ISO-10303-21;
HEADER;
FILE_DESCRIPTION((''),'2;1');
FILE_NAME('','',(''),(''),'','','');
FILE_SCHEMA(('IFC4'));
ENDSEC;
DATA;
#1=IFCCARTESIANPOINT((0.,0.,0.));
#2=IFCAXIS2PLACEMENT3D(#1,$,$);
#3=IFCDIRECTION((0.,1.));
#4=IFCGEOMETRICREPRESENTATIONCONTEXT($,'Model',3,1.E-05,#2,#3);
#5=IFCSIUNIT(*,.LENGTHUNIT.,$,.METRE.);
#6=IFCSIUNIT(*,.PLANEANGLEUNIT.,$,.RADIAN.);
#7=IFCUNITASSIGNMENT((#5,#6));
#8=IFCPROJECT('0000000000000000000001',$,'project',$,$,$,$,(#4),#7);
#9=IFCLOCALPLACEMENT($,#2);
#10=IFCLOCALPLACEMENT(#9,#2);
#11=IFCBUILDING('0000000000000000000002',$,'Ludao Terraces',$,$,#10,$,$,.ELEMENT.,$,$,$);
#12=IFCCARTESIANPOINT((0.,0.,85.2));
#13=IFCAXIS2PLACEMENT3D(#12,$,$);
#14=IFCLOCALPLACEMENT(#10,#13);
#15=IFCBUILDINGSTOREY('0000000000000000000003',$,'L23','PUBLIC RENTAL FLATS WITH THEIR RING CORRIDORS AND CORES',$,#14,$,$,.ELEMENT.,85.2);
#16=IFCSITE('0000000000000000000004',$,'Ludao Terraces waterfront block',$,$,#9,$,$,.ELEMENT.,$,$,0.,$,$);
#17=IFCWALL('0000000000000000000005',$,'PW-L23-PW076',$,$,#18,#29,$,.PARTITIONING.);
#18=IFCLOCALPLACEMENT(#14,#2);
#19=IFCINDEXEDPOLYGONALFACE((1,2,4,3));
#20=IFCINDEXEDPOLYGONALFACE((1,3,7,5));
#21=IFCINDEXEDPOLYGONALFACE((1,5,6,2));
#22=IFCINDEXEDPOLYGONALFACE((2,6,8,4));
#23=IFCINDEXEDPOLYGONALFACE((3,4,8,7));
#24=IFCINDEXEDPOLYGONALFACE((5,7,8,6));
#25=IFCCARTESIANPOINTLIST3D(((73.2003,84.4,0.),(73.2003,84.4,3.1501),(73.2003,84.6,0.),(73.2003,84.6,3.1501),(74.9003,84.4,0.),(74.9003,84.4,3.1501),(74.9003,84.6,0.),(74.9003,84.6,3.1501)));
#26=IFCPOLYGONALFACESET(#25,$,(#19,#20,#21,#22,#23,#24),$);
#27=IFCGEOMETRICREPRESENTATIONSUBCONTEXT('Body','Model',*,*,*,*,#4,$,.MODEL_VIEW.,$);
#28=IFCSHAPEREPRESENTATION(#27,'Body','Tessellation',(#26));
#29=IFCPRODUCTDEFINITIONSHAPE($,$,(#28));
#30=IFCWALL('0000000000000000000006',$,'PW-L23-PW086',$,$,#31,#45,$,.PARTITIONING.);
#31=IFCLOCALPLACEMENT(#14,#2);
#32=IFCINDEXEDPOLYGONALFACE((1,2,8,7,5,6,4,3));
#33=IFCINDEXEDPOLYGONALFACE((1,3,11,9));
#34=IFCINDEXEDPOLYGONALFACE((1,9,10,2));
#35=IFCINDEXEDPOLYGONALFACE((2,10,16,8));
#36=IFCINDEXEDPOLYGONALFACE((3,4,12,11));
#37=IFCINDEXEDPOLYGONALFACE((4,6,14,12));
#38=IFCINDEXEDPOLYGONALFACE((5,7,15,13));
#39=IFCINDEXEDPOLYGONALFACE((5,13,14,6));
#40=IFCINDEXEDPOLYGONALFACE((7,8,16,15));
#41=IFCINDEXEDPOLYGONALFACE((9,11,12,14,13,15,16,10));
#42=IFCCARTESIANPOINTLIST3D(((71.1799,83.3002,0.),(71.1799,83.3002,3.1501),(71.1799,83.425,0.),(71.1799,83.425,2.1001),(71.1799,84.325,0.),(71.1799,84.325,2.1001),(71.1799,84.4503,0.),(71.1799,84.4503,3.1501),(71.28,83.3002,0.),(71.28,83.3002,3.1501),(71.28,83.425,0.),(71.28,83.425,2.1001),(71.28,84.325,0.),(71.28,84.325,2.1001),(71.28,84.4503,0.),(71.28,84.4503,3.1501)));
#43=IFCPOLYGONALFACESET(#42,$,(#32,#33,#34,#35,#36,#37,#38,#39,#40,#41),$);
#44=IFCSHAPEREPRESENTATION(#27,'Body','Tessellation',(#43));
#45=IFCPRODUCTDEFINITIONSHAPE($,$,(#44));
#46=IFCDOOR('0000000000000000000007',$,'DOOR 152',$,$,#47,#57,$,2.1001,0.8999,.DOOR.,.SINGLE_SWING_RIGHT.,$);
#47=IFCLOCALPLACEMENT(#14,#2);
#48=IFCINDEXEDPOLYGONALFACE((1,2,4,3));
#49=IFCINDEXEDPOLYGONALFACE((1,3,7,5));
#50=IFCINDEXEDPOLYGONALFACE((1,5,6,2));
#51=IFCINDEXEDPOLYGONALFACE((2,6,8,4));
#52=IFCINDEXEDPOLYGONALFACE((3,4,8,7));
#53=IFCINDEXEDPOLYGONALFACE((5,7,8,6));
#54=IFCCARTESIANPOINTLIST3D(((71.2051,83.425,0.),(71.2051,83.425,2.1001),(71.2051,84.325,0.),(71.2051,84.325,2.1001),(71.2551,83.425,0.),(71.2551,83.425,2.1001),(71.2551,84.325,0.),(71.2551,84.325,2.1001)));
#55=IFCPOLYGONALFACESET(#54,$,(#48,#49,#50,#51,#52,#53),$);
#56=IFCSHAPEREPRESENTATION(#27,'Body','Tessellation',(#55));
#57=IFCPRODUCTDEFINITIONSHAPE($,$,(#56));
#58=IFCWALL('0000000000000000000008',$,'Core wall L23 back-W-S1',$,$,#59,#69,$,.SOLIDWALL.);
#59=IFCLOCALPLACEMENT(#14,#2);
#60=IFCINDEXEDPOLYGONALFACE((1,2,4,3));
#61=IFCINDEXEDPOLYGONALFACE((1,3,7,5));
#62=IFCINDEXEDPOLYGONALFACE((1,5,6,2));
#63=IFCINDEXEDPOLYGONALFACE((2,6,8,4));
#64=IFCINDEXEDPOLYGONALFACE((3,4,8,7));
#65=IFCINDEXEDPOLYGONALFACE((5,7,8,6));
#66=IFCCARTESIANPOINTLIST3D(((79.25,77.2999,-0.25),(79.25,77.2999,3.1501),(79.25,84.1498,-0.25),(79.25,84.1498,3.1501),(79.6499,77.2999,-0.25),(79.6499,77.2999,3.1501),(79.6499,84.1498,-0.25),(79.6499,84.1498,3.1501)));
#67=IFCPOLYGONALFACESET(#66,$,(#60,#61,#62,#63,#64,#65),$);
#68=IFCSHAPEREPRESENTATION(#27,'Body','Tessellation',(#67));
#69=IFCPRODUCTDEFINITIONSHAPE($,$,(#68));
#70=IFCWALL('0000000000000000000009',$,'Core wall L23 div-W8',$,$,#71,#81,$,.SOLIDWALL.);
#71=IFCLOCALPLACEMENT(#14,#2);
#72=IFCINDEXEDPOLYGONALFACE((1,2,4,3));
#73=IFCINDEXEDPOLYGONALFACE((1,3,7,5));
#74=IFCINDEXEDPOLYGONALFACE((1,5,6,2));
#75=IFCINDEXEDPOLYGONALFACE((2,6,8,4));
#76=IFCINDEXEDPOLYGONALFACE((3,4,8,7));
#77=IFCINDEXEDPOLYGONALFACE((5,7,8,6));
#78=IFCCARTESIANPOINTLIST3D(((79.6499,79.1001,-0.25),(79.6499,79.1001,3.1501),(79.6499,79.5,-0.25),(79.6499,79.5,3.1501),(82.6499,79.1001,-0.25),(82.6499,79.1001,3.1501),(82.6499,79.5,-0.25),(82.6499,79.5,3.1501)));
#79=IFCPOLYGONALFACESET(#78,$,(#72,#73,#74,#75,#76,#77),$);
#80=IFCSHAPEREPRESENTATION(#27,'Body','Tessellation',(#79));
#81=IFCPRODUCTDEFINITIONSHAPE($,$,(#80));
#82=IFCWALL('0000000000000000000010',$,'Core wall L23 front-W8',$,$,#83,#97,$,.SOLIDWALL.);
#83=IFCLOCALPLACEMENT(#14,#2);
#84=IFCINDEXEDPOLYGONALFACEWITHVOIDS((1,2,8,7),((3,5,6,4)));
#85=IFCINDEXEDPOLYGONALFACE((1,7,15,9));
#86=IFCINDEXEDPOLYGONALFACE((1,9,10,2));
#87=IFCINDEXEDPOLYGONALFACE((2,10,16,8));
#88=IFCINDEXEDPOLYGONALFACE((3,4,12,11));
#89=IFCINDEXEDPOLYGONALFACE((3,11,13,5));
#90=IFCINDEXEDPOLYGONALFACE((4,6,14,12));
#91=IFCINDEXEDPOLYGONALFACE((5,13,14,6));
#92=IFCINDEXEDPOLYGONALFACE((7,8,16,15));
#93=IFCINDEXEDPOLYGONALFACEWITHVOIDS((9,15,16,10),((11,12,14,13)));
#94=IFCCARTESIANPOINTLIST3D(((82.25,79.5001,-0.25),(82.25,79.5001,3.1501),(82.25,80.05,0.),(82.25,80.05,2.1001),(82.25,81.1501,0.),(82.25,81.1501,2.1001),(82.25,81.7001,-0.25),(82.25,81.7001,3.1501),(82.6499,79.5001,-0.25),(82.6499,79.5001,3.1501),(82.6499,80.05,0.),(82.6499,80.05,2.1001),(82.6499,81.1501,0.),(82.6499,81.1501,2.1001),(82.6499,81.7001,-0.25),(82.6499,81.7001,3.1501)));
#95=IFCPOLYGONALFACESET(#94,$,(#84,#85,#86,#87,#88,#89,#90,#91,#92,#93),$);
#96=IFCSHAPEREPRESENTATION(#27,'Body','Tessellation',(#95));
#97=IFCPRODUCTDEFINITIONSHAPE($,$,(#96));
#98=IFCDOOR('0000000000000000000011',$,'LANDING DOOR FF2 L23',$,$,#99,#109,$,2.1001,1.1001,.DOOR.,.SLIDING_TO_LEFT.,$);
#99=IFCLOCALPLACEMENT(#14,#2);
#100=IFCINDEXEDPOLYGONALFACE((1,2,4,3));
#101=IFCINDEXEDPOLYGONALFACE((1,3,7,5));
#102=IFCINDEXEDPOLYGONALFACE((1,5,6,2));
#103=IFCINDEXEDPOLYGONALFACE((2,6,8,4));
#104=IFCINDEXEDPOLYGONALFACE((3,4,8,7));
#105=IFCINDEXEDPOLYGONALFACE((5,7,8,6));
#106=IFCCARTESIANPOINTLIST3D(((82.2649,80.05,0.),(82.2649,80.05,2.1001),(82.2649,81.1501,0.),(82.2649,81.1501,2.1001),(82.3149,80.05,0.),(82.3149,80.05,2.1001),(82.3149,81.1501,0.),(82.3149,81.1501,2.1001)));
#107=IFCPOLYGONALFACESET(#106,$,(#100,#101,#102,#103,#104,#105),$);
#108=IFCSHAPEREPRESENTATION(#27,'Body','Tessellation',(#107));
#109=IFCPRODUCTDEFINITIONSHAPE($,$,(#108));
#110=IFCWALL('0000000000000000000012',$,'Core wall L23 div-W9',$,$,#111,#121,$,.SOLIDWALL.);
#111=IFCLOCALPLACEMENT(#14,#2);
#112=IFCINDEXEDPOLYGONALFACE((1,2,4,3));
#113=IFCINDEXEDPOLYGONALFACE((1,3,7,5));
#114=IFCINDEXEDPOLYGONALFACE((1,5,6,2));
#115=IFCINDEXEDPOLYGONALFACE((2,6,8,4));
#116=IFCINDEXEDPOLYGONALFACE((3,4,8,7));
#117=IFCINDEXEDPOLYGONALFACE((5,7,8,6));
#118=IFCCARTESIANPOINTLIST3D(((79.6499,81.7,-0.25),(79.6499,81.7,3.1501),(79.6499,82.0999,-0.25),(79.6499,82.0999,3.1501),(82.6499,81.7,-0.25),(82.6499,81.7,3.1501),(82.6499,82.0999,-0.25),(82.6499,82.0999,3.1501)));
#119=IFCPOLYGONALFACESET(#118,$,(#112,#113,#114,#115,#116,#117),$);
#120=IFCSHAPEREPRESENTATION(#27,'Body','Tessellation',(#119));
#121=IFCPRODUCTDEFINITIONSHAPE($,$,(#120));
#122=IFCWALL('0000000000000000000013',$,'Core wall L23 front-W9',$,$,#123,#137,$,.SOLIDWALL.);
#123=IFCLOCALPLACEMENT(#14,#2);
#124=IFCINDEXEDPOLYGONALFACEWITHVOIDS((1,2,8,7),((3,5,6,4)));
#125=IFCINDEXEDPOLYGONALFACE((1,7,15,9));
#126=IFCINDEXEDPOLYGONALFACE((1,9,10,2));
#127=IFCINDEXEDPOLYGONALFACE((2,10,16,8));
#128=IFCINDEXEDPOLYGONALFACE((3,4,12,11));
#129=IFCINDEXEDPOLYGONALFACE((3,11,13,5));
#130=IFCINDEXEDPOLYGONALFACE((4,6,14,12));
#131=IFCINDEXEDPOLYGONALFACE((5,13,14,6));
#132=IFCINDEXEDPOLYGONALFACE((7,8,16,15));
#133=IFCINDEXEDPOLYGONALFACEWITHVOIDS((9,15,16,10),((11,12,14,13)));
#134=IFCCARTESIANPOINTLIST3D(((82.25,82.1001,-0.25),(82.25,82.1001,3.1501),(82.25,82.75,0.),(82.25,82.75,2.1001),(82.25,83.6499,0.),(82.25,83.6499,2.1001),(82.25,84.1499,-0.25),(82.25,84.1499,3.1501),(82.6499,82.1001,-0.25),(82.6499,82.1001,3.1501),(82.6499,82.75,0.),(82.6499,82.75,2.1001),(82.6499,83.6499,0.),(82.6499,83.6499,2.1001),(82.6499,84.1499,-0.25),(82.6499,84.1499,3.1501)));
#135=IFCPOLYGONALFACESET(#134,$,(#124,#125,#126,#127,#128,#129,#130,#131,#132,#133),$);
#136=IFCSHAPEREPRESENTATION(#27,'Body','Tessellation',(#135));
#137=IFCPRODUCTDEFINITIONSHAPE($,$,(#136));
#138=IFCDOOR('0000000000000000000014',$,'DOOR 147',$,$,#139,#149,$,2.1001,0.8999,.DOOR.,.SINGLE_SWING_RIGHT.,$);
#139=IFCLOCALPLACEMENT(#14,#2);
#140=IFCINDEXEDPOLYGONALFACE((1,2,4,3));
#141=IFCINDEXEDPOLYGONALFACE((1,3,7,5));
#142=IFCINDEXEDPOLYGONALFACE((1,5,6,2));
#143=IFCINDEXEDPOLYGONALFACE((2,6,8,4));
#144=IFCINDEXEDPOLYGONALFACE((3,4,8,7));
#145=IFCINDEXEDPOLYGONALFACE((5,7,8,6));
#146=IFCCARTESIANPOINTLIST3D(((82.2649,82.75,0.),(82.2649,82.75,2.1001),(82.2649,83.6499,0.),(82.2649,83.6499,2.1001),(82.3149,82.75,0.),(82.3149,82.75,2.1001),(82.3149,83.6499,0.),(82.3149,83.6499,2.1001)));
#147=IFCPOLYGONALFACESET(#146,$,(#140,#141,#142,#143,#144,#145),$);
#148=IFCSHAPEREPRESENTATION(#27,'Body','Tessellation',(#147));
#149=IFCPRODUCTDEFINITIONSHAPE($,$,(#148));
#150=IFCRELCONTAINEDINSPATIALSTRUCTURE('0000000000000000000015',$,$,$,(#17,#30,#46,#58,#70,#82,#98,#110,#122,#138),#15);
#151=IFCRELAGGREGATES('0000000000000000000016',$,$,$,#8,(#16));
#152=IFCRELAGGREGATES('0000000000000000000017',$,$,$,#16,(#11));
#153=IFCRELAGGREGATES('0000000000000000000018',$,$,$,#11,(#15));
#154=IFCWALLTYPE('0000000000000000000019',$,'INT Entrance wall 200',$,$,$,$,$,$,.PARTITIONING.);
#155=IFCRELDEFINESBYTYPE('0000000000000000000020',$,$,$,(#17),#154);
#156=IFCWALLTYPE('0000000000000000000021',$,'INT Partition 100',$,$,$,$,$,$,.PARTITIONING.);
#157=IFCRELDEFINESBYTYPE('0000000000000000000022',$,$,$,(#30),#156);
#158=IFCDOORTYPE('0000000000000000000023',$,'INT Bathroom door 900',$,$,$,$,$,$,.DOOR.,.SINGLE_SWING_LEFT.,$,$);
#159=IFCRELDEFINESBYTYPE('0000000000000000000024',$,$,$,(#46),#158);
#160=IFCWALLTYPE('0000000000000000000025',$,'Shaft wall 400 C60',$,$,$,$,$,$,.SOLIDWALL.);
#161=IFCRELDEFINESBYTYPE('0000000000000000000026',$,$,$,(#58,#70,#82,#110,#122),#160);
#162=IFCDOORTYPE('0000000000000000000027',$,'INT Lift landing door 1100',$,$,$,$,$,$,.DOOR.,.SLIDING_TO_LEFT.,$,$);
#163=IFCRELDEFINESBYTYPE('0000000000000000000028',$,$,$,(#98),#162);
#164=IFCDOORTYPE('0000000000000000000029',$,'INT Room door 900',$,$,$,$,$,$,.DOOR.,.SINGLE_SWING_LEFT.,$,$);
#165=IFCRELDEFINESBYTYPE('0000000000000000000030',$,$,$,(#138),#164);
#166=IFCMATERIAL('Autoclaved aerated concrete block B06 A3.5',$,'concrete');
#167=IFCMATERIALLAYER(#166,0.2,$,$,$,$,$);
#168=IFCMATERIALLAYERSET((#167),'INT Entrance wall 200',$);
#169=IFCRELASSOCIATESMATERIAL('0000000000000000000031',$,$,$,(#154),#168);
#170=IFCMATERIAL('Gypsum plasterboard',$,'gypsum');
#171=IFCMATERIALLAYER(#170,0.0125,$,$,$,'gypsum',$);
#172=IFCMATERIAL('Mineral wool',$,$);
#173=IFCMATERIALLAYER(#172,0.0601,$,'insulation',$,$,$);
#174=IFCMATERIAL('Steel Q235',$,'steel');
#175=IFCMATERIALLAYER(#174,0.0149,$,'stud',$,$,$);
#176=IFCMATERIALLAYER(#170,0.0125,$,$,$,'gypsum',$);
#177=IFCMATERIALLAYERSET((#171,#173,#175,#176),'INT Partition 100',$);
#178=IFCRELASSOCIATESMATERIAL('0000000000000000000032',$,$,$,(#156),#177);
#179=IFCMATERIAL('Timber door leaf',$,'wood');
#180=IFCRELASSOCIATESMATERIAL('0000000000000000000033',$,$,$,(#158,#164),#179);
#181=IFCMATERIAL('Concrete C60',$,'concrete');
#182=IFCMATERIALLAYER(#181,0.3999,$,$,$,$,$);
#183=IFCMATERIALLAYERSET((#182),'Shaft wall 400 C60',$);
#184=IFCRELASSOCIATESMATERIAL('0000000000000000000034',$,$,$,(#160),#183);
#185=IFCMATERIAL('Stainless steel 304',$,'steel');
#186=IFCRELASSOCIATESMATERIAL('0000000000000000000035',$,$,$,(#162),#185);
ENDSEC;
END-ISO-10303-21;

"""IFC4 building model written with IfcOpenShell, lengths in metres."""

from ifc_helpers import new_model, si_unit, direction, frame, frame_2d, origin, place, context, subcontext, project, spatial, rectangle, extrude, material, layer, layer_set, type_object, element, fill, save


model = new_model("IFC4")

# Units and contexts
model_context = context("Model", 3, precision=1e-05, world=origin(), true_north=direction((0.0, 1.0)))
body_context = subcontext(model_context, "Body", "Model", "MODEL_VIEW")
ifc_project = project(units=[si_unit("LENGTHUNIT", "METRE"), si_unit("PLANEANGLEUNIT", "RADIAN")], contexts=[model_context])

# Site, building, storey
site_placement = place(None, origin())
site = spatial("IfcSite", under=ifc_project, at=site_placement, Name="Ludao Terraces waterfront block", CompositionType="ELEMENT", RefElevation=0.0)
building_placement = place(site_placement, origin())
building = spatial("IfcBuilding", under=site, at=building_placement, Name="Ludao Terraces", CompositionType="ELEMENT")
storey_placement = place(building_placement, frame((0.0, 0.0, 85.2)))
storey = spatial("IfcBuildingStorey", under=building, at=storey_placement, Name="L23", Description="PUBLIC RENTAL FLATS WITH THEIR RING CORRIDORS AND CORES", CompositionType="ELEMENT", Elevation=85.2)

# Wall
ifc_material_1 = material(Name="Autoclaved aerated concrete block B06 A3.5", Category="concrete")
ifc_layer_1 = layer(ifc_material_1, 0.2)
ifc_layer_set_1 = layer_set([ifc_layer_1], Name="INT Entrance wall 200")
wall_type_1 = type_object("IfcWallType", Name="INT Entrance wall 200", PredefinedType="PARTITIONING", material=ifc_layer_set_1)
wall_1_placement = place(storey_placement, frame((73.2002, 84.5, 0.0), z_axis=(0.0, 0.0, 1.0), x_axis=(1.0, 0.0, 0.0)))
element("IfcWall", 1, at=wall_1_placement, inside=storey, type_object=wall_type_1, Name="PW-L23-PW076", PredefinedType="PARTITIONING", context=body_context, shape_type="SweptSolid", body=[
    extrude(rectangle(XDim=1.7, YDim=0.2, at=frame_2d((0.8501, 0.0))), origin(), (0.0, 0.0, 1.0), 3.1501),
])

# Wall, opening, door
ifc_material_2 = material(Name="Gypsum plasterboard", Category="gypsum")
ifc_layer_2 = layer(ifc_material_2, 0.0125, Category="gypsum")
ifc_material_3 = material(Name="Mineral wool")
ifc_layer_3 = layer(ifc_material_3, 0.0601, Name="insulation")
ifc_material_4 = material(Name="Steel Q235", Category="steel")
ifc_layer_4 = layer(ifc_material_4, 0.0149, Name="stud")
ifc_layer_5 = layer(ifc_material_2, 0.0125, Category="gypsum")
ifc_layer_set_2 = layer_set([ifc_layer_2, ifc_layer_3, ifc_layer_4, ifc_layer_5], Name="INT Partition 100")
wall_type_2 = type_object("IfcWallType", Name="INT Partition 100", PredefinedType="PARTITIONING", material=ifc_layer_set_2)
wall_2_placement = place(storey_placement, frame((71.23, 83.3, 0.0), z_axis=(0.0, 0.0, 1.0), x_axis=(0.0, 1.0, 0.0)))
wall_2 = element("IfcWall", 2, at=wall_2_placement, inside=storey, type_object=wall_type_2, Name="PW-L23-PW086", PredefinedType="PARTITIONING", context=body_context, shape_type="SweptSolid", body=[
    extrude(rectangle(XDim=1.1501, YDim=0.1001, at=frame_2d((0.5752, 0.0))), origin(), (0.0, 0.0, 1.0), 3.1501),
])
opening_1_placement = place(wall_2_placement, frame((0.125, 0.0, 0.0)))
opening_1 = element("IfcOpeningElement", 3, at=opening_1_placement, cuts=wall_2, PredefinedType="OPENING", context=body_context, shape_type="SweptSolid", body=[
    extrude(rectangle(XDim=0.8999, YDim=2.1001, at=frame_2d((0.45, 1.05))), frame((0.0, 0.0601, 0.0), z_axis=(0.0, -1.0, 0.0), x_axis=(1.0, 0.0, 0.0)), (0.0, 0.0, 1.0), 0.1201),
])
ifc_material_5 = material(Name="Timber door leaf", Category="wood")
door_type_1 = type_object("IfcDoorType", Name="INT Bathroom door 900", OperationType="SINGLE_SWING_LEFT", PredefinedType="DOOR", material=ifc_material_5)
door_1_placement = place(opening_1_placement, origin())
door_1 = element("IfcDoor", 4, at=door_1_placement, inside=storey, type_object=door_type_1, Name="DOOR 152", OperationType="SINGLE_SWING_RIGHT", OverallHeight=2.1001, OverallWidth=0.8999, PredefinedType="DOOR", context=body_context, shape_type="SweptSolid", body=[
    extrude(rectangle(XDim=0.8999, YDim=2.1001, at=frame_2d((0.45, 1.05))), frame((0.0, 0.0249, 0.0), z_axis=(0.0, -1.0, 0.0), x_axis=(1.0, 0.0, 0.0)), (0.0, 0.0, 1.0), 0.05),
])
fill(opening_1, door_1)

# Walls
ifc_material_6 = material(Name="Concrete C60", Category="concrete")
ifc_layer_6 = layer(ifc_material_6, 0.3999)
ifc_layer_set_3 = layer_set([ifc_layer_6], Name="Shaft wall 400 C60")
wall_type_3 = type_object("IfcWallType", Name="Shaft wall 400 C60", PredefinedType="SOLIDWALL", material=ifc_layer_set_3)
wall_3_placement = place(storey_placement, frame((79.45, 77.3, -0.25), z_axis=(0.0, 0.0, 1.0), x_axis=(0.0, 1.0, 0.0)))
element("IfcWall", 5, at=wall_3_placement, inside=storey, type_object=wall_type_3, Name="Core wall L23 back-W-S1", PredefinedType="SOLIDWALL", context=body_context, shape_type="SweptSolid", body=[
    extrude(rectangle(XDim=6.8499, YDim=0.3999, at=frame_2d((3.4248, 0.0))), origin(), (0.0, 0.0, 1.0), 3.4001),
])
wall_4_placement = place(storey_placement, frame((79.6499, 79.3, -0.25), z_axis=(0.0, 0.0, 1.0), x_axis=(1.0, 0.0, 0.0)))
element("IfcWall", 6, at=wall_4_placement, inside=storey, type_object=wall_type_3, Name="Core wall L23 div-W8", PredefinedType="SOLIDWALL", context=body_context, shape_type="SweptSolid", body=[
    extrude(rectangle(XDim=3.0, YDim=0.3999, at=frame_2d((1.5, 0.0))), origin(), (0.0, 0.0, 1.0), 3.4001),
])

# Wall, opening, door
wall_5_placement = place(storey_placement, frame((82.45, 79.5, -0.25), z_axis=(0.0, 0.0, 1.0), x_axis=(0.0, 1.0, 0.0)))
wall_5 = element("IfcWall", 7, at=wall_5_placement, inside=storey, type_object=wall_type_3, Name="Core wall L23 front-W8", PredefinedType="SOLIDWALL", context=body_context, shape_type="SweptSolid", body=[
    extrude(rectangle(XDim=2.2, YDim=0.3999, at=frame_2d((1.1001, 0.0))), origin(), (0.0, 0.0, 1.0), 3.4001),
])
opening_2_placement = place(wall_5_placement, frame((0.55, 0.0, 0.25)))
opening_2 = element("IfcOpeningElement", 8, at=opening_2_placement, cuts=wall_5, PredefinedType="OPENING", context=body_context, shape_type="SweptSolid", body=[
    extrude(rectangle(XDim=1.1001, YDim=2.1001, at=frame_2d((0.55, 1.05))), frame((0.0, 0.21, 0.0), z_axis=(0.0, -1.0, 0.0), x_axis=(1.0, 0.0, 0.0)), (0.0, 0.0, 1.0), 0.4199),
])
ifc_material_7 = material(Name="Stainless steel 304", Category="steel")
door_type_2 = type_object("IfcDoorType", Name="INT Lift landing door 1100", OperationType="SLIDING_TO_LEFT", PredefinedType="DOOR", material=ifc_material_7)
door_2_placement = place(opening_2_placement, origin())
door_2 = element("IfcDoor", 9, at=door_2_placement, inside=storey, type_object=door_type_2, Name="LANDING DOOR FF2 L23", OperationType="SLIDING_TO_LEFT", OverallHeight=2.1001, OverallWidth=1.1001, PredefinedType="DOOR", context=body_context, shape_type="SweptSolid", body=[
    extrude(rectangle(XDim=1.1001, YDim=2.1001, at=frame_2d((0.55, 1.05))), frame((0.0, 0.1851, 0.0), z_axis=(0.0, -1.0, 0.0), x_axis=(1.0, 0.0, 0.0)), (0.0, 0.0, 1.0), 0.05),
])
fill(opening_2, door_2)

# Wall
wall_6_placement = place(storey_placement, frame((79.6499, 81.8999, -0.25), z_axis=(0.0, 0.0, 1.0), x_axis=(1.0, 0.0, 0.0)))
element("IfcWall", 10, at=wall_6_placement, inside=storey, type_object=wall_type_3, Name="Core wall L23 div-W9", PredefinedType="SOLIDWALL", context=body_context, shape_type="SweptSolid", body=[
    extrude(rectangle(XDim=3.0, YDim=0.3999, at=frame_2d((1.5, 0.0))), origin(), (0.0, 0.0, 1.0), 3.4001),
])

# Wall, opening, door
wall_7_placement = place(storey_placement, frame((82.45, 82.1001, -0.25), z_axis=(0.0, 0.0, 1.0), x_axis=(0.0, 1.0, 0.0)))
wall_7 = element("IfcWall", 11, at=wall_7_placement, inside=storey, type_object=wall_type_3, Name="Core wall L23 front-W9", PredefinedType="SOLIDWALL", context=body_context, shape_type="SweptSolid", body=[
    extrude(rectangle(XDim=2.0498, YDim=0.3999, at=frame_2d((1.0249, 0.0))), origin(), (0.0, 0.0, 1.0), 3.4001),
])
opening_3_placement = place(wall_7_placement, frame((0.6499, 0.0, 0.25)))
opening_3 = element("IfcOpeningElement", 12, at=opening_3_placement, cuts=wall_7, PredefinedType="OPENING", context=body_context, shape_type="SweptSolid", body=[
    extrude(rectangle(XDim=0.8999, YDim=2.1001, at=frame_2d((0.45, 1.05))), frame((0.0, 0.21, 0.0), z_axis=(0.0, -1.0, 0.0), x_axis=(1.0, 0.0, 0.0)), (0.0, 0.0, 1.0), 0.4199),
])
door_type_3 = type_object("IfcDoorType", Name="INT Room door 900", OperationType="SINGLE_SWING_LEFT", PredefinedType="DOOR", material=ifc_material_5)
door_3_placement = place(opening_3_placement, origin())
door_3 = element("IfcDoor", 13, at=door_3_placement, inside=storey, type_object=door_type_3, Name="DOOR 147", OperationType="SINGLE_SWING_RIGHT", OverallHeight=2.1001, OverallWidth=0.8999, PredefinedType="DOOR", context=body_context, shape_type="SweptSolid", body=[
    extrude(rectangle(XDim=0.8999, YDim=2.1001, at=frame_2d((0.45, 1.05))), frame((0.0, 0.1851, 0.0), z_axis=(0.0, -1.0, 0.0), x_axis=(1.0, 0.0, 0.0)), (0.0, 0.0, 1.0), 0.05),
])
fill(opening_3, door_3)

save(model, "model.ifc")
